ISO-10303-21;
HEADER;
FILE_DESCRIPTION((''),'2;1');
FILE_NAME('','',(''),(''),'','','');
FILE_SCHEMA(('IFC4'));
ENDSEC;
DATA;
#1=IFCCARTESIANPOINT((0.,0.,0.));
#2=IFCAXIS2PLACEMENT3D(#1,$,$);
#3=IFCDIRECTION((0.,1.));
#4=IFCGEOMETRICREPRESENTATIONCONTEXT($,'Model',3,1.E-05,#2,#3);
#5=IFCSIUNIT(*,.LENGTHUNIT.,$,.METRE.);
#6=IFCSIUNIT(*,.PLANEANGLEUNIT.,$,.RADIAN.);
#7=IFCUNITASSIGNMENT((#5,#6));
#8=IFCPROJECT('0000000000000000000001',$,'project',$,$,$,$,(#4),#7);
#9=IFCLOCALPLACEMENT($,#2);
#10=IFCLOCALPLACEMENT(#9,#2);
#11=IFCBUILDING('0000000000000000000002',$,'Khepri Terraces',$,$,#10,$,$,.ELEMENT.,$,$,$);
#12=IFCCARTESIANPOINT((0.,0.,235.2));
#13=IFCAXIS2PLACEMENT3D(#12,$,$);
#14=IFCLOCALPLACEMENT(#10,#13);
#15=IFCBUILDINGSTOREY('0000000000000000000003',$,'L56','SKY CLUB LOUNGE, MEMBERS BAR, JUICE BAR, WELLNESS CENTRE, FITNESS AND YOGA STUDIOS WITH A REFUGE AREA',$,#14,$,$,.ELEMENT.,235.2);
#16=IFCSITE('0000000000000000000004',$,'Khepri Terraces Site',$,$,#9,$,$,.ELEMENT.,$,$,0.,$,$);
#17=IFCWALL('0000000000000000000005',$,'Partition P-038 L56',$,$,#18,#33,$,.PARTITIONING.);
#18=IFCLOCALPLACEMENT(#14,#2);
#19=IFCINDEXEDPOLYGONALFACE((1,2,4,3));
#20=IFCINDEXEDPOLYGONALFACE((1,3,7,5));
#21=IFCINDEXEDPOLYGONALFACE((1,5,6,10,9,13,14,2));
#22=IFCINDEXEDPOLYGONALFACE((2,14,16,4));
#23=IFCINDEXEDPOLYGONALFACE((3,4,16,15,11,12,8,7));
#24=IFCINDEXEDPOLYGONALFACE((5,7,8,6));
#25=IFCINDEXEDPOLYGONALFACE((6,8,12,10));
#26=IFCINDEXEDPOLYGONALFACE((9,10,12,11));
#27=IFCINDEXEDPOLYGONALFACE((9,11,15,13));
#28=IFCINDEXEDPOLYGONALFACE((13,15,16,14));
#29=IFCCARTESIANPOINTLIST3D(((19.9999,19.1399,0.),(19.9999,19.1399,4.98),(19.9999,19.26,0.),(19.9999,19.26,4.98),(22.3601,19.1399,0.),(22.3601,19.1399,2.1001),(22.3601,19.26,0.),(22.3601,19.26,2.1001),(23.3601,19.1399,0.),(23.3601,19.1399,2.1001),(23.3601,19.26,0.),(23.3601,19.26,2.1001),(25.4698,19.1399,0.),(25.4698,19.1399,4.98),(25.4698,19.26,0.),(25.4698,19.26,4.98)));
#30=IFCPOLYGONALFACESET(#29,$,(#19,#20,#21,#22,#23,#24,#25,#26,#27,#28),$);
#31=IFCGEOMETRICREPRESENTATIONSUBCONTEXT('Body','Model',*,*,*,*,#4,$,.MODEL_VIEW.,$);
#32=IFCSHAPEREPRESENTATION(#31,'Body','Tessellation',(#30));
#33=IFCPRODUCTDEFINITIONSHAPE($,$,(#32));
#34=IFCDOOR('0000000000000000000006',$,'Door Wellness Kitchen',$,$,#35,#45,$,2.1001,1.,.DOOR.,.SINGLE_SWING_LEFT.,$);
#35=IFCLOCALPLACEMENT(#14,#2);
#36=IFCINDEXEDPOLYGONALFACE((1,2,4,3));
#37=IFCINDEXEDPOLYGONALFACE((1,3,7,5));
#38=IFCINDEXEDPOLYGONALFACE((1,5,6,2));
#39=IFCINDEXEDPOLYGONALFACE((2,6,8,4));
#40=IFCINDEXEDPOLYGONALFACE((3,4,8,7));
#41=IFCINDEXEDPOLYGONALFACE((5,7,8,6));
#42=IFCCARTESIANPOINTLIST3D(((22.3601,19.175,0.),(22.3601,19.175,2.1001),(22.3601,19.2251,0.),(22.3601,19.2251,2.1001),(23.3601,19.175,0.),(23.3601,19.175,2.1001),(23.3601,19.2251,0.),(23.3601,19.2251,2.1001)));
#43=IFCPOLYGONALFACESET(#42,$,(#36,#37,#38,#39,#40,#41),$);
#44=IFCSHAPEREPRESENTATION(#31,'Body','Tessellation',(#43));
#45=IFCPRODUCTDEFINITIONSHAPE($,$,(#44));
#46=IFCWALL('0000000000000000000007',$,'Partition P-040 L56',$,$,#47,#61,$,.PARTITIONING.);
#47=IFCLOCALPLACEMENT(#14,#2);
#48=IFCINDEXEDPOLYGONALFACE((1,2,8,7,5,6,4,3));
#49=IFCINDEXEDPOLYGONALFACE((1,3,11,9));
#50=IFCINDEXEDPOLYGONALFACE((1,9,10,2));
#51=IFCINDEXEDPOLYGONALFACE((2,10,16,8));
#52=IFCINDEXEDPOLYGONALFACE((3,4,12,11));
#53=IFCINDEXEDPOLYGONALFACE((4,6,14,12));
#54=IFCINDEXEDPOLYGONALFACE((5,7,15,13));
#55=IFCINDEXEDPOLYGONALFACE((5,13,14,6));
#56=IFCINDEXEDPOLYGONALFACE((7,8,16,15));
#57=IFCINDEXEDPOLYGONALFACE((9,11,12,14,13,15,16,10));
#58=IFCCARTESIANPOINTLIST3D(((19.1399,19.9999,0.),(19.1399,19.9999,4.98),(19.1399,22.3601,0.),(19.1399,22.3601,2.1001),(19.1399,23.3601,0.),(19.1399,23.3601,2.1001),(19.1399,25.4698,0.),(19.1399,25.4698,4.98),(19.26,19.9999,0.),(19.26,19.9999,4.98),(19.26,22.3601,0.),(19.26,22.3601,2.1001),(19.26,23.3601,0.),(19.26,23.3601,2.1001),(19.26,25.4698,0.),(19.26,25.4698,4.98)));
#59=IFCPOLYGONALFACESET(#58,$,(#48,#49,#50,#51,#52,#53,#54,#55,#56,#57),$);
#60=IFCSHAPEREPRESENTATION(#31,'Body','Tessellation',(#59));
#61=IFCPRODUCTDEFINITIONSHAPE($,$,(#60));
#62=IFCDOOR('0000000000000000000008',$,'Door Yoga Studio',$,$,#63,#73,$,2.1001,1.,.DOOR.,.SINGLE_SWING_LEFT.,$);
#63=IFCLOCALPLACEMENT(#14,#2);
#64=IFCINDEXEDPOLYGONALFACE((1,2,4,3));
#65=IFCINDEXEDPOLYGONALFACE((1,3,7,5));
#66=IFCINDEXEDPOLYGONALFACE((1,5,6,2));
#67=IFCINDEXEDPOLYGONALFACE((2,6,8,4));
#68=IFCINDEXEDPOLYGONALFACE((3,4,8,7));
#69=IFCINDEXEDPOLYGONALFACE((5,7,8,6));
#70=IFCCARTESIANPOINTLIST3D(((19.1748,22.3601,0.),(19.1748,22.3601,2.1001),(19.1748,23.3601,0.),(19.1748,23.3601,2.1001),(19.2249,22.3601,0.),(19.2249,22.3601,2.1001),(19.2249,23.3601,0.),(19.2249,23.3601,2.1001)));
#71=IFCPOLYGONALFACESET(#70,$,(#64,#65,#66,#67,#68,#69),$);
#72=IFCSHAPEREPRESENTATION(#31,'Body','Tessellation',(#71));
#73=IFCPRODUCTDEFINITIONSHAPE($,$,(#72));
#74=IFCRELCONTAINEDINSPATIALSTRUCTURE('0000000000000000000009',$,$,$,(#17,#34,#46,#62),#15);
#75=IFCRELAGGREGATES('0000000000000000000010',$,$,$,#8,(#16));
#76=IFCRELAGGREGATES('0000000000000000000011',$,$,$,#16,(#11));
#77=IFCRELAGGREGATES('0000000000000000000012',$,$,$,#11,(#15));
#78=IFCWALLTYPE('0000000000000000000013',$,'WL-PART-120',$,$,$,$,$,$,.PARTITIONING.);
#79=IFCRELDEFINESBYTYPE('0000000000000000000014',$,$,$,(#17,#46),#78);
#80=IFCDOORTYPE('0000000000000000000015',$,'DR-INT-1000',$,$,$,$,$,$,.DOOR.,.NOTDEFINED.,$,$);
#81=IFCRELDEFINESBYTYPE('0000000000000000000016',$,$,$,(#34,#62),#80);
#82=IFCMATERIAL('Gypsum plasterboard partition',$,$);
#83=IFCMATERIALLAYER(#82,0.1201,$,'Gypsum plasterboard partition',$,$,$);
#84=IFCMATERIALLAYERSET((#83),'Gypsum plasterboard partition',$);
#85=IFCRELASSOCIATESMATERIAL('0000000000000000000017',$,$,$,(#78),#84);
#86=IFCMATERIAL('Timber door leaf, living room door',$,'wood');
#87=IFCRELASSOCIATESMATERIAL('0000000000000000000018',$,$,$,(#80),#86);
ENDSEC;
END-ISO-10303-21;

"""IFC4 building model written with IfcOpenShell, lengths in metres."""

from ifc_helpers import new_model, si_unit, direction, frame, frame_2d, origin, place, context, subcontext, project, spatial, rectangle, extrude, material, layer, layer_set, type_object, element, fill, save


model = new_model("IFC4")

# Units and contexts
model_context = context("Model", 3, precision=1e-05, world=origin(), true_north=direction((0.0, 1.0)))
body_context = subcontext(model_context, "Body", "Model", "MODEL_VIEW")
ifc_project = project(units=[si_unit("LENGTHUNIT", "METRE"), si_unit("PLANEANGLEUNIT", "RADIAN")], contexts=[model_context])

# Site, building, storey
site_placement = place(None, origin())
site = spatial("IfcSite", under=ifc_project, at=site_placement, Name="Khepri Terraces Site", CompositionType="ELEMENT", RefElevation=0.0)
building_placement = place(site_placement, origin())
building = spatial("IfcBuilding", under=site, at=building_placement, Name="Khepri Terraces", CompositionType="ELEMENT")
storey_placement = place(building_placement, frame((0.0, 0.0, 235.2)))
storey = spatial("IfcBuildingStorey", under=building, at=storey_placement, Name="L56", Description="SKY CLUB LOUNGE, MEMBERS BAR, JUICE BAR, WELLNESS CENTRE, FITNESS AND YOGA STUDIOS WITH A REFUGE AREA", CompositionType="ELEMENT", Elevation=235.2)

# Walls, openings, doors
ifc_material_1 = material(Name="Gypsum plasterboard partition")
ifc_layer_1 = layer(ifc_material_1, 0.1201, Name="Gypsum plasterboard partition")
ifc_layer_set_1 = layer_set([ifc_layer_1], Name="Gypsum plasterboard partition")
wall_type = type_object("IfcWallType", Name="WL-PART-120", PredefinedType="PARTITIONING", material=ifc_layer_set_1)
wall_1_placement = place(storey_placement, frame((20.0, 19.2, 0.0), z_axis=(0.0, 0.0, 1.0), x_axis=(1.0, 0.0, 0.0)))
wall_1 = element("IfcWall", 1, at=wall_1_placement, inside=storey, type_object=wall_type, Name="Partition P-038 L56", PredefinedType="PARTITIONING", context=body_context, shape_type="SweptSolid", body=[
    extrude(rectangle(XDim=5.47, YDim=0.1201, at=frame_2d((2.7349, 0.0))), origin(), (0.0, 0.0, 1.0), 4.98),
])
opening_1_placement = place(wall_1_placement, frame((2.3601, 0.0, 0.0)))
opening_1 = element("IfcOpeningElement", 2, at=opening_1_placement, cuts=wall_1, PredefinedType="OPENING", context=body_context, shape_type="SweptSolid", body=[
    extrude(rectangle(XDim=1.0, YDim=2.1001, at=frame_2d((0.5, 1.05))), frame((0.0, 0.0701, 0.0), z_axis=(0.0, -1.0, 0.0), x_axis=(1.0, 0.0, 0.0)), (0.0, 0.0, 1.0), 0.1401),
])
ifc_material_2 = material(Name="Timber door leaf, living room door", Category="wood")
door_type = type_object("IfcDoorType", Name="DR-INT-1000", OperationType="NOTDEFINED", PredefinedType="DOOR", material=ifc_material_2)
door_1_placement = place(opening_1_placement, frame((1.0, 0.0, 0.0), z_axis=(0.0, 0.0, 1.0), x_axis=(-1.0, 0.0, 0.0)))
door_1 = element("IfcDoor", 3, at=door_1_placement, inside=storey, type_object=door_type, Name="Door Wellness Kitchen", OperationType="SINGLE_SWING_LEFT", OverallHeight=2.1001, OverallWidth=1.0, PredefinedType="DOOR", context=body_context, shape_type="SweptSolid", body=[
    extrude(rectangle(XDim=1.0, YDim=2.1001, at=frame_2d((0.5, 1.05))), frame((0.0, 0.0249, 0.0), z_axis=(0.0, -1.0, 0.0), x_axis=(1.0, 0.0, 0.0)), (0.0, 0.0, 1.0), 0.05),
])
fill(opening_1, door_1)
wall_2_placement = place(storey_placement, frame((19.2, 20.0, 0.0), z_axis=(0.0, 0.0, 1.0), x_axis=(0.0, 1.0, 0.0)))
wall_2 = element("IfcWall", 4, at=wall_2_placement, inside=storey, type_object=wall_type, Name="Partition P-040 L56", PredefinedType="PARTITIONING", context=body_context, shape_type="SweptSolid", body=[
    extrude(rectangle(XDim=5.47, YDim=0.1201, at=frame_2d((2.7349, 0.0))), origin(), (0.0, 0.0, 1.0), 4.98),
])
opening_2_placement = place(wall_2_placement, frame((2.3601, 0.0, 0.0)))
opening_2 = element("IfcOpeningElement", 5, at=opening_2_placement, cuts=wall_2, PredefinedType="OPENING", context=body_context, shape_type="SweptSolid", body=[
    extrude(rectangle(XDim=1.0, YDim=2.1001, at=frame_2d((0.5, 1.05))), frame((0.0, 0.0701, 0.0), z_axis=(0.0, -1.0, 0.0), x_axis=(1.0, 0.0, 0.0)), (0.0, 0.0, 1.0), 0.1401),
])
door_2_placement = place(opening_2_placement, frame((1.0, 0.0, 0.0), z_axis=(0.0, 0.0, 1.0), x_axis=(-1.0, 0.0, 0.0)))
door_2 = element("IfcDoor", 6, at=door_2_placement, inside=storey, type_object=door_type, Name="Door Yoga Studio", OperationType="SINGLE_SWING_LEFT", OverallHeight=2.1001, OverallWidth=1.0, PredefinedType="DOOR", context=body_context, shape_type="SweptSolid", body=[
    extrude(rectangle(XDim=1.0, YDim=2.1001, at=frame_2d((0.5, 1.05))), frame((0.0, 0.0249, 0.0), z_axis=(0.0, -1.0, 0.0), x_axis=(1.0, 0.0, 0.0)), (0.0, 0.0, 1.0), 0.05),
])
fill(opening_2, door_2)

save(model, "model.ifc")
